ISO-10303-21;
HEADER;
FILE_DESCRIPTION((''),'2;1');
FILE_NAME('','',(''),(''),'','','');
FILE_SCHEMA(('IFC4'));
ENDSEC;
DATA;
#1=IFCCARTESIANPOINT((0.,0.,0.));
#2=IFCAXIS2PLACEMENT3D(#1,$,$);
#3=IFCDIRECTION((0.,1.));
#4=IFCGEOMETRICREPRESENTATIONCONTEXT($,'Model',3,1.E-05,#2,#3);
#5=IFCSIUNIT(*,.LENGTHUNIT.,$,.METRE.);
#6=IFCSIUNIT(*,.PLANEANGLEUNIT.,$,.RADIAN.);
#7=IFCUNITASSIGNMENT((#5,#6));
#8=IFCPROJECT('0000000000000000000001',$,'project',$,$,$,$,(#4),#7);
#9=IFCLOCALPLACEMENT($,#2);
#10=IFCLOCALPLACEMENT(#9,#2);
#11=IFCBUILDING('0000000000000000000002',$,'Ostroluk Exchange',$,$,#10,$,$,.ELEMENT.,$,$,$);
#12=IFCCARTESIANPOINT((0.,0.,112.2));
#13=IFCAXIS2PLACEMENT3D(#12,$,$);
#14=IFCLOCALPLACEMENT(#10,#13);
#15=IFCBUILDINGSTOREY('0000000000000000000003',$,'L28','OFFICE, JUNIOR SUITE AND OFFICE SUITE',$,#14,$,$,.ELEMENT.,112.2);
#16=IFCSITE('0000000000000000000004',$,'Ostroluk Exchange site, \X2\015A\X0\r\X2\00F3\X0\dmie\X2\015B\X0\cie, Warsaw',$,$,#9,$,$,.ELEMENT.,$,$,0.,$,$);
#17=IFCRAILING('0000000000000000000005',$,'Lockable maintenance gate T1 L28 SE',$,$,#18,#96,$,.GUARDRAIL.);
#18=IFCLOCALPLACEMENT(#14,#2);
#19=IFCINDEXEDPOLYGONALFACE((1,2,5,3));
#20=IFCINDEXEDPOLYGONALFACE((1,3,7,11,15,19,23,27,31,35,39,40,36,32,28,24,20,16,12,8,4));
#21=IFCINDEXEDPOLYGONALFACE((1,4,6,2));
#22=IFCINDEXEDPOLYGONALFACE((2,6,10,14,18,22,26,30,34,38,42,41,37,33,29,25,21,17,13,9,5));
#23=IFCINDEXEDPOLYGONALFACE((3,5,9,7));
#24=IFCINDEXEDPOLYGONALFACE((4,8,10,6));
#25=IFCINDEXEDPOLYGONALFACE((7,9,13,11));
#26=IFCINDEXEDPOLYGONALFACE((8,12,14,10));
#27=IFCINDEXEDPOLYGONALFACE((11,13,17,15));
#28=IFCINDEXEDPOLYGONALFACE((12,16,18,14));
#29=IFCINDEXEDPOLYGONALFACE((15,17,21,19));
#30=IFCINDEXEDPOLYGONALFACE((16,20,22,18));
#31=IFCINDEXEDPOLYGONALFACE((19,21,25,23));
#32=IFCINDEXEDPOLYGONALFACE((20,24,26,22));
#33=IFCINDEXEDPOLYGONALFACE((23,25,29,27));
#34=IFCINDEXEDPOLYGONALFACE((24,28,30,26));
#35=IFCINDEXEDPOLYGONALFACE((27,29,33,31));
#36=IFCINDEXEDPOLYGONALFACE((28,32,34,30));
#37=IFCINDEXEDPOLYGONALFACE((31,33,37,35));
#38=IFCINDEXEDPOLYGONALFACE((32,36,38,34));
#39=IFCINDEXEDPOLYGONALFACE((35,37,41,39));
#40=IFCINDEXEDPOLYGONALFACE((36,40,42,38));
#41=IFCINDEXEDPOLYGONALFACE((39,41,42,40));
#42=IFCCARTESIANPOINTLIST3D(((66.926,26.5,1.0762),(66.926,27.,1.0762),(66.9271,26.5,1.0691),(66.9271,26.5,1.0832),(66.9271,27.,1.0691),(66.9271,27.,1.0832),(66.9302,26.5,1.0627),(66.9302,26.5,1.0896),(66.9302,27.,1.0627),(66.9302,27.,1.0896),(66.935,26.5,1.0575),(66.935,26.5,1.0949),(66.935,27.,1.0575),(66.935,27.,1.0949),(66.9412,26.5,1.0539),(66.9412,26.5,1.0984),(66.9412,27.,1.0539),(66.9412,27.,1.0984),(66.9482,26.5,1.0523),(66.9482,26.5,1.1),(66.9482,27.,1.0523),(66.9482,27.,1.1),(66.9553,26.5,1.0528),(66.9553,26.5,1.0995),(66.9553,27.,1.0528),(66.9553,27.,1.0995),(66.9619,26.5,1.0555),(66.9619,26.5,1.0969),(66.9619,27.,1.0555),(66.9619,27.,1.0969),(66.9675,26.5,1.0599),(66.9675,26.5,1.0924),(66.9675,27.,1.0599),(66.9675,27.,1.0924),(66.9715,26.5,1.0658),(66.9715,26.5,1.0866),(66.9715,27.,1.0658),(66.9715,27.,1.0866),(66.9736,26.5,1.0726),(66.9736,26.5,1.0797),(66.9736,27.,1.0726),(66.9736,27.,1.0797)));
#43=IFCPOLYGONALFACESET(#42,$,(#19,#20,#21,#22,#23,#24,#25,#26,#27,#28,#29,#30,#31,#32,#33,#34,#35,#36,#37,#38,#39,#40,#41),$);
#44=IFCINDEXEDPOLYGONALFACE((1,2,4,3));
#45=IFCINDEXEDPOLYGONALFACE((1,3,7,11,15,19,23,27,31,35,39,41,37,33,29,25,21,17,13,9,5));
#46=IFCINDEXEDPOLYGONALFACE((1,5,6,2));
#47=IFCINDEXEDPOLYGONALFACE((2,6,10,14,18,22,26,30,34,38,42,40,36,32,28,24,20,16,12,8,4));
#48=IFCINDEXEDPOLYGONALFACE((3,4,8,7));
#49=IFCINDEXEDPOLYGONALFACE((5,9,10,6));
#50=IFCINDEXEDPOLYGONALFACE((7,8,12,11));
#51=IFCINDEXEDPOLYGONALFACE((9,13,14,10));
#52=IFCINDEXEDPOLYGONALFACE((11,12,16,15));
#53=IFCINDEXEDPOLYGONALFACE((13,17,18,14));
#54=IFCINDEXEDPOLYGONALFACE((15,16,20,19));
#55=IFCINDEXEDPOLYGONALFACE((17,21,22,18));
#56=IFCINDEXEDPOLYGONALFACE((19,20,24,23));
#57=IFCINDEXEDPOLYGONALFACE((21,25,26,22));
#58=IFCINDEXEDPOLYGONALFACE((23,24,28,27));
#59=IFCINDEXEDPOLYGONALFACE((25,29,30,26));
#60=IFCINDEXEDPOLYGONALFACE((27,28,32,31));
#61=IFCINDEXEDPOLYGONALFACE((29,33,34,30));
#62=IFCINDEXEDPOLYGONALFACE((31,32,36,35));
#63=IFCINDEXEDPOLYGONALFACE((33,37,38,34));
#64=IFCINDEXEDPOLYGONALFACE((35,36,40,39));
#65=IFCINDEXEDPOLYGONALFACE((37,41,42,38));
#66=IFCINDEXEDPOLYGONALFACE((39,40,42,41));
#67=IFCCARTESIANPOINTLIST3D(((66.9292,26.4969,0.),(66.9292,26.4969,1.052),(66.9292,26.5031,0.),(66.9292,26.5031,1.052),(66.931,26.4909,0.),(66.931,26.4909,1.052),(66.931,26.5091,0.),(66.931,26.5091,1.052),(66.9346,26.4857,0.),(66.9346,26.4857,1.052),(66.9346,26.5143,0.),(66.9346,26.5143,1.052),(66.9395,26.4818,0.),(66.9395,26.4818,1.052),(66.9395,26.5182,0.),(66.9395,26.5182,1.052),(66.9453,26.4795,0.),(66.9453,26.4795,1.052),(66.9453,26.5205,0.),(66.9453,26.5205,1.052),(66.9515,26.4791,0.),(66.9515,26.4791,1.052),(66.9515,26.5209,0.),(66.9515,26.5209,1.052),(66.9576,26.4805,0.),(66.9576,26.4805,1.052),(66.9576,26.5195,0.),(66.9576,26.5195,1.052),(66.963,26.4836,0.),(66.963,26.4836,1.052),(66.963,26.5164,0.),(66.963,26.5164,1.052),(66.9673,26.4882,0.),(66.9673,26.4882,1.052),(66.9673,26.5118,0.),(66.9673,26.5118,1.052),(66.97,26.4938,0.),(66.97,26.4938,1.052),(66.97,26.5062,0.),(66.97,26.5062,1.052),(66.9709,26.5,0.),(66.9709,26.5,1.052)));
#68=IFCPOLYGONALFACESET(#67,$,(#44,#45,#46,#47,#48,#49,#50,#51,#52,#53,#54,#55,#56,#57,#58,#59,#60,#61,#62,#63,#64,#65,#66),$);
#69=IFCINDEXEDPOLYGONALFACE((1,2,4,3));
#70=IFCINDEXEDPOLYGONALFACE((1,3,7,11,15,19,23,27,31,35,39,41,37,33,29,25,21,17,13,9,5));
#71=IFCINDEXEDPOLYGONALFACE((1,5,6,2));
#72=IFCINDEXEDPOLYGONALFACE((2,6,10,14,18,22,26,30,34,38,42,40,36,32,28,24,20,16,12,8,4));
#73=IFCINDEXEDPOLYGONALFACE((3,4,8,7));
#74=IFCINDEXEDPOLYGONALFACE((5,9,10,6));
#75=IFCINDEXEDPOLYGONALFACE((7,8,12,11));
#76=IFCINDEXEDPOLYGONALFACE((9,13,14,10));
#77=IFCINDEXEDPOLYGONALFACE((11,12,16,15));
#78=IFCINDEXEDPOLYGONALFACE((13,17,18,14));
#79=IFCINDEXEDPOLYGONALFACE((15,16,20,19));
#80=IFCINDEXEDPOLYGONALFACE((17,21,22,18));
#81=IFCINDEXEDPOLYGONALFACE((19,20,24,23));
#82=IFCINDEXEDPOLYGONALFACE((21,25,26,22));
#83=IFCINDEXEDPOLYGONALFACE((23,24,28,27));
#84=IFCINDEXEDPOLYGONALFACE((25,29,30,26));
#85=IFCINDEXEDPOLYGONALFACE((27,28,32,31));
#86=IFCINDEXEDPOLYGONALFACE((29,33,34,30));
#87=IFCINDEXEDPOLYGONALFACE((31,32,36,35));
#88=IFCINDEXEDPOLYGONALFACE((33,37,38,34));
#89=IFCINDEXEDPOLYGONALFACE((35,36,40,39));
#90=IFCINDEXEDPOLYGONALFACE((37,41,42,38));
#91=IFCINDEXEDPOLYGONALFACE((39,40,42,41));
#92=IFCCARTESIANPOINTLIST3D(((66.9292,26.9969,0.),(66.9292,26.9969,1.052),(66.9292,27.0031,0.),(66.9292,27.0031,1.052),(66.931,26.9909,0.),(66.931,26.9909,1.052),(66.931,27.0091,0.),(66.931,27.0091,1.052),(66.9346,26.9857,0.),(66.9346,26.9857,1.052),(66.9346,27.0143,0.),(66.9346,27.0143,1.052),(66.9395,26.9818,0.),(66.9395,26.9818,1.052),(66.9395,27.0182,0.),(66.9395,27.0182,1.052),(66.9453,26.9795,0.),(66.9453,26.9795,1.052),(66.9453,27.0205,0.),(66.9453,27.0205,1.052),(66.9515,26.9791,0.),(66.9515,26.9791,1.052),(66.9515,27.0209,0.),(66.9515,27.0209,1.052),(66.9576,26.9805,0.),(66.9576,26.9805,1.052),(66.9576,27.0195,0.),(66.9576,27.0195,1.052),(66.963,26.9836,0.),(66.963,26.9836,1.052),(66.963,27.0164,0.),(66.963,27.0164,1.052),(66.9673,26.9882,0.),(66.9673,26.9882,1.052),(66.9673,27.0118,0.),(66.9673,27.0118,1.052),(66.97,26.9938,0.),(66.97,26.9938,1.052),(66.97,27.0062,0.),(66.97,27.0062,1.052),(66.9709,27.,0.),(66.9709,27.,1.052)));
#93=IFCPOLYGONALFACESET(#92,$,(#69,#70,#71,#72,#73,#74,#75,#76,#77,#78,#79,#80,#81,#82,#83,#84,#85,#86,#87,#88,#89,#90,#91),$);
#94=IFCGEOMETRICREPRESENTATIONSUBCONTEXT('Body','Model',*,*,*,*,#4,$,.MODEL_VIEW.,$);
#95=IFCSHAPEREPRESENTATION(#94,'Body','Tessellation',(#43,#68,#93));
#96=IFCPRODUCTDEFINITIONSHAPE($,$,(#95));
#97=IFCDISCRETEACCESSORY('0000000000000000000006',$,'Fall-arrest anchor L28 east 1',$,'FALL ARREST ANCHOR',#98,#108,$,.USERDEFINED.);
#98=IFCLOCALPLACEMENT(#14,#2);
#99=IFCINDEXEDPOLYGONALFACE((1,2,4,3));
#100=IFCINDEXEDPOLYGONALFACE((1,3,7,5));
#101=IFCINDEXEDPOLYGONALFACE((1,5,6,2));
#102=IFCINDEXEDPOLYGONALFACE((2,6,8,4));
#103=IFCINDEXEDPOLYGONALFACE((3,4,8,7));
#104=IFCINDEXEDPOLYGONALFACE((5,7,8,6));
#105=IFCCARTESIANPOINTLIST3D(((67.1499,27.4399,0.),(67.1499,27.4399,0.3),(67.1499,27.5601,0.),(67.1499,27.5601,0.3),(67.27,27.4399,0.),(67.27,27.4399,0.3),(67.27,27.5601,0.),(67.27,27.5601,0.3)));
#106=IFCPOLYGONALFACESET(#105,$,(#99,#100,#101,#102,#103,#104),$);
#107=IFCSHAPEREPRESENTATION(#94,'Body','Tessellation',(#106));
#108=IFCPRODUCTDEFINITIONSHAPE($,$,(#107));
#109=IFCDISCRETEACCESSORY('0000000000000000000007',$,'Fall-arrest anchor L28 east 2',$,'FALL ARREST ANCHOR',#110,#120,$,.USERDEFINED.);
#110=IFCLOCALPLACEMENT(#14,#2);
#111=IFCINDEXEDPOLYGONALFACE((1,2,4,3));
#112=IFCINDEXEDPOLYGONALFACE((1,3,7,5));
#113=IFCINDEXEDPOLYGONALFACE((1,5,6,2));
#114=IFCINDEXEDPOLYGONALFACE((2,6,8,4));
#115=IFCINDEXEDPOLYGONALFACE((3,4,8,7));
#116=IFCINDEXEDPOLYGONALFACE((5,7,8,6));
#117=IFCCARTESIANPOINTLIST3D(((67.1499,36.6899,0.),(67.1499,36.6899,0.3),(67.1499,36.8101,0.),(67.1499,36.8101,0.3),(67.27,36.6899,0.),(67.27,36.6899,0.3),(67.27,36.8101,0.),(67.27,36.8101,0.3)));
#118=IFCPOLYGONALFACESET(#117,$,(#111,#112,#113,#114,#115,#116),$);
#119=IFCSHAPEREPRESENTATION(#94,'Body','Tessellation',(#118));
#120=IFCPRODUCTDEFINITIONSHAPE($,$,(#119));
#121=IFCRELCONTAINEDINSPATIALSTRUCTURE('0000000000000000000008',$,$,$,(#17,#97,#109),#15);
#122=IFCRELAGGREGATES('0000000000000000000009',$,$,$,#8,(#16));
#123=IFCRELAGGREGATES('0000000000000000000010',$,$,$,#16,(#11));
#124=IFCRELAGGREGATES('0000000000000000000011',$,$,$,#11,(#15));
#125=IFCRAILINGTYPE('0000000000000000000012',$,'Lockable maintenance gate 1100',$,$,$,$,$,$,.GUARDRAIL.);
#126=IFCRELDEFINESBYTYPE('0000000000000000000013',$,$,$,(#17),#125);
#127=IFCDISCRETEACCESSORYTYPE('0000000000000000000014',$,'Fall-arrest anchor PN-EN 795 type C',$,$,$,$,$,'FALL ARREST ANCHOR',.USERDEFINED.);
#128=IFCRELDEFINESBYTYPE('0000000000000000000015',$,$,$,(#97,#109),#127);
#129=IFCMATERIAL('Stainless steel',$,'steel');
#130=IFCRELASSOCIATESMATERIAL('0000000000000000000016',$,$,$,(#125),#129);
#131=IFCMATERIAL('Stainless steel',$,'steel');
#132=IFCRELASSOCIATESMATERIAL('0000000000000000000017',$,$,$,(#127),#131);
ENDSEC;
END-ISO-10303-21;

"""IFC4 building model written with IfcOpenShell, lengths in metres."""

from ifc_helpers import new_model, si_unit, direction, frame, origin, origin_2d, place, context, subcontext, project, spatial, rectangle, circle, extrude, material, type_object, element, save


model = new_model("IFC4")

# Units and contexts
model_context = context("Model", 3, precision=1e-05, world=origin(), true_north=direction((0.0, 1.0)))
body_context = subcontext(model_context, "Body", "Model", "MODEL_VIEW")
ifc_project = project(units=[si_unit("LENGTHUNIT", "METRE"), si_unit("PLANEANGLEUNIT", "RADIAN")], contexts=[model_context])

# Site, building, storey
site_placement = place(None, origin())
site = spatial("IfcSite", under=ifc_project, at=site_placement, Name="Ostroluk Exchange site, Śródmieście, Warsaw", CompositionType="ELEMENT", RefElevation=0.0)
building_placement = place(site_placement, origin())
building = spatial("IfcBuilding", under=site, at=building_placement, Name="Ostroluk Exchange", CompositionType="ELEMENT")
storey_placement = place(building_placement, frame((0.0, 0.0, 112.2)))
storey = spatial("IfcBuildingStorey", under=building, at=storey_placement, Name="L28", Description="OFFICE, JUNIOR SUITE AND OFFICE SUITE", CompositionType="ELEMENT", Elevation=112.2)

# Railing
ifc_material_1 = material(Name="Stainless steel", Category="steel")
railing_type_1 = type_object("IfcRailingType", Name="Lockable maintenance gate 1100", PredefinedType="GUARDRAIL", material=ifc_material_1)
railing_1_placement = place(storey_placement, frame((66.95, 26.5, 0.0)))
element("IfcRailing", 1, at=railing_1_placement, inside=storey, type_object=railing_type_1, Name="Lockable maintenance gate T1 L28 SE", PredefinedType="GUARDRAIL", context=body_context, shape_type="SweptSolid", body=[
    extrude(circle(Radius=0.0239, at=origin_2d()), frame((0.0, 0.0, 1.0762), z_axis=(0.0, 1.0, 0.0), x_axis=(-1.0, 0.0, 0.0)), (0.0, 0.0, 1.0), 0.5),
    extrude(circle(Radius=0.021, at=origin_2d()), origin(), (0.0, 0.0, 1.0), 1.052),
    extrude(circle(Radius=0.021, at=origin_2d()), frame((0.0, 0.5, 0.0)), (0.0, 0.0, 1.0), 1.052),
])

# Discrete accessories
ifc_material_2 = material(Name="Stainless steel", Category="steel")
discrete_accessory_type = type_object("IfcDiscreteAccessoryType", Name="Fall-arrest anchor PN-EN 795 type C", ElementType="FALL ARREST ANCHOR", PredefinedType="USERDEFINED", material=ifc_material_2)
for number, where, z_axis, x_axis, name in (
    (2, (67.21, 27.5, 0.0), (0.0, 0.0, 1.0), (1.0, 0.0, 0.0), "Fall-arrest anchor L28 east 1"),
    (3, (67.21, 36.75, 0.0), (0.0, 0.0, 1.0), (1.0, 0.0, 0.0), "Fall-arrest anchor L28 east 2"),
):
    element("IfcDiscreteAccessory", number, at=place(storey_placement, frame(where, z_axis=z_axis, x_axis=x_axis)), inside=storey, type_object=discrete_accessory_type, Name=name, ObjectType="FALL ARREST ANCHOR", PredefinedType="USERDEFINED", context=body_context, shape_type="SweptSolid", body=[
        extrude(rectangle(XDim=0.1201, YDim=0.1201, at=origin_2d()), origin(), (0.0, 0.0, 1.0), 0.3),
    ])

save(model, "model.ifc")
